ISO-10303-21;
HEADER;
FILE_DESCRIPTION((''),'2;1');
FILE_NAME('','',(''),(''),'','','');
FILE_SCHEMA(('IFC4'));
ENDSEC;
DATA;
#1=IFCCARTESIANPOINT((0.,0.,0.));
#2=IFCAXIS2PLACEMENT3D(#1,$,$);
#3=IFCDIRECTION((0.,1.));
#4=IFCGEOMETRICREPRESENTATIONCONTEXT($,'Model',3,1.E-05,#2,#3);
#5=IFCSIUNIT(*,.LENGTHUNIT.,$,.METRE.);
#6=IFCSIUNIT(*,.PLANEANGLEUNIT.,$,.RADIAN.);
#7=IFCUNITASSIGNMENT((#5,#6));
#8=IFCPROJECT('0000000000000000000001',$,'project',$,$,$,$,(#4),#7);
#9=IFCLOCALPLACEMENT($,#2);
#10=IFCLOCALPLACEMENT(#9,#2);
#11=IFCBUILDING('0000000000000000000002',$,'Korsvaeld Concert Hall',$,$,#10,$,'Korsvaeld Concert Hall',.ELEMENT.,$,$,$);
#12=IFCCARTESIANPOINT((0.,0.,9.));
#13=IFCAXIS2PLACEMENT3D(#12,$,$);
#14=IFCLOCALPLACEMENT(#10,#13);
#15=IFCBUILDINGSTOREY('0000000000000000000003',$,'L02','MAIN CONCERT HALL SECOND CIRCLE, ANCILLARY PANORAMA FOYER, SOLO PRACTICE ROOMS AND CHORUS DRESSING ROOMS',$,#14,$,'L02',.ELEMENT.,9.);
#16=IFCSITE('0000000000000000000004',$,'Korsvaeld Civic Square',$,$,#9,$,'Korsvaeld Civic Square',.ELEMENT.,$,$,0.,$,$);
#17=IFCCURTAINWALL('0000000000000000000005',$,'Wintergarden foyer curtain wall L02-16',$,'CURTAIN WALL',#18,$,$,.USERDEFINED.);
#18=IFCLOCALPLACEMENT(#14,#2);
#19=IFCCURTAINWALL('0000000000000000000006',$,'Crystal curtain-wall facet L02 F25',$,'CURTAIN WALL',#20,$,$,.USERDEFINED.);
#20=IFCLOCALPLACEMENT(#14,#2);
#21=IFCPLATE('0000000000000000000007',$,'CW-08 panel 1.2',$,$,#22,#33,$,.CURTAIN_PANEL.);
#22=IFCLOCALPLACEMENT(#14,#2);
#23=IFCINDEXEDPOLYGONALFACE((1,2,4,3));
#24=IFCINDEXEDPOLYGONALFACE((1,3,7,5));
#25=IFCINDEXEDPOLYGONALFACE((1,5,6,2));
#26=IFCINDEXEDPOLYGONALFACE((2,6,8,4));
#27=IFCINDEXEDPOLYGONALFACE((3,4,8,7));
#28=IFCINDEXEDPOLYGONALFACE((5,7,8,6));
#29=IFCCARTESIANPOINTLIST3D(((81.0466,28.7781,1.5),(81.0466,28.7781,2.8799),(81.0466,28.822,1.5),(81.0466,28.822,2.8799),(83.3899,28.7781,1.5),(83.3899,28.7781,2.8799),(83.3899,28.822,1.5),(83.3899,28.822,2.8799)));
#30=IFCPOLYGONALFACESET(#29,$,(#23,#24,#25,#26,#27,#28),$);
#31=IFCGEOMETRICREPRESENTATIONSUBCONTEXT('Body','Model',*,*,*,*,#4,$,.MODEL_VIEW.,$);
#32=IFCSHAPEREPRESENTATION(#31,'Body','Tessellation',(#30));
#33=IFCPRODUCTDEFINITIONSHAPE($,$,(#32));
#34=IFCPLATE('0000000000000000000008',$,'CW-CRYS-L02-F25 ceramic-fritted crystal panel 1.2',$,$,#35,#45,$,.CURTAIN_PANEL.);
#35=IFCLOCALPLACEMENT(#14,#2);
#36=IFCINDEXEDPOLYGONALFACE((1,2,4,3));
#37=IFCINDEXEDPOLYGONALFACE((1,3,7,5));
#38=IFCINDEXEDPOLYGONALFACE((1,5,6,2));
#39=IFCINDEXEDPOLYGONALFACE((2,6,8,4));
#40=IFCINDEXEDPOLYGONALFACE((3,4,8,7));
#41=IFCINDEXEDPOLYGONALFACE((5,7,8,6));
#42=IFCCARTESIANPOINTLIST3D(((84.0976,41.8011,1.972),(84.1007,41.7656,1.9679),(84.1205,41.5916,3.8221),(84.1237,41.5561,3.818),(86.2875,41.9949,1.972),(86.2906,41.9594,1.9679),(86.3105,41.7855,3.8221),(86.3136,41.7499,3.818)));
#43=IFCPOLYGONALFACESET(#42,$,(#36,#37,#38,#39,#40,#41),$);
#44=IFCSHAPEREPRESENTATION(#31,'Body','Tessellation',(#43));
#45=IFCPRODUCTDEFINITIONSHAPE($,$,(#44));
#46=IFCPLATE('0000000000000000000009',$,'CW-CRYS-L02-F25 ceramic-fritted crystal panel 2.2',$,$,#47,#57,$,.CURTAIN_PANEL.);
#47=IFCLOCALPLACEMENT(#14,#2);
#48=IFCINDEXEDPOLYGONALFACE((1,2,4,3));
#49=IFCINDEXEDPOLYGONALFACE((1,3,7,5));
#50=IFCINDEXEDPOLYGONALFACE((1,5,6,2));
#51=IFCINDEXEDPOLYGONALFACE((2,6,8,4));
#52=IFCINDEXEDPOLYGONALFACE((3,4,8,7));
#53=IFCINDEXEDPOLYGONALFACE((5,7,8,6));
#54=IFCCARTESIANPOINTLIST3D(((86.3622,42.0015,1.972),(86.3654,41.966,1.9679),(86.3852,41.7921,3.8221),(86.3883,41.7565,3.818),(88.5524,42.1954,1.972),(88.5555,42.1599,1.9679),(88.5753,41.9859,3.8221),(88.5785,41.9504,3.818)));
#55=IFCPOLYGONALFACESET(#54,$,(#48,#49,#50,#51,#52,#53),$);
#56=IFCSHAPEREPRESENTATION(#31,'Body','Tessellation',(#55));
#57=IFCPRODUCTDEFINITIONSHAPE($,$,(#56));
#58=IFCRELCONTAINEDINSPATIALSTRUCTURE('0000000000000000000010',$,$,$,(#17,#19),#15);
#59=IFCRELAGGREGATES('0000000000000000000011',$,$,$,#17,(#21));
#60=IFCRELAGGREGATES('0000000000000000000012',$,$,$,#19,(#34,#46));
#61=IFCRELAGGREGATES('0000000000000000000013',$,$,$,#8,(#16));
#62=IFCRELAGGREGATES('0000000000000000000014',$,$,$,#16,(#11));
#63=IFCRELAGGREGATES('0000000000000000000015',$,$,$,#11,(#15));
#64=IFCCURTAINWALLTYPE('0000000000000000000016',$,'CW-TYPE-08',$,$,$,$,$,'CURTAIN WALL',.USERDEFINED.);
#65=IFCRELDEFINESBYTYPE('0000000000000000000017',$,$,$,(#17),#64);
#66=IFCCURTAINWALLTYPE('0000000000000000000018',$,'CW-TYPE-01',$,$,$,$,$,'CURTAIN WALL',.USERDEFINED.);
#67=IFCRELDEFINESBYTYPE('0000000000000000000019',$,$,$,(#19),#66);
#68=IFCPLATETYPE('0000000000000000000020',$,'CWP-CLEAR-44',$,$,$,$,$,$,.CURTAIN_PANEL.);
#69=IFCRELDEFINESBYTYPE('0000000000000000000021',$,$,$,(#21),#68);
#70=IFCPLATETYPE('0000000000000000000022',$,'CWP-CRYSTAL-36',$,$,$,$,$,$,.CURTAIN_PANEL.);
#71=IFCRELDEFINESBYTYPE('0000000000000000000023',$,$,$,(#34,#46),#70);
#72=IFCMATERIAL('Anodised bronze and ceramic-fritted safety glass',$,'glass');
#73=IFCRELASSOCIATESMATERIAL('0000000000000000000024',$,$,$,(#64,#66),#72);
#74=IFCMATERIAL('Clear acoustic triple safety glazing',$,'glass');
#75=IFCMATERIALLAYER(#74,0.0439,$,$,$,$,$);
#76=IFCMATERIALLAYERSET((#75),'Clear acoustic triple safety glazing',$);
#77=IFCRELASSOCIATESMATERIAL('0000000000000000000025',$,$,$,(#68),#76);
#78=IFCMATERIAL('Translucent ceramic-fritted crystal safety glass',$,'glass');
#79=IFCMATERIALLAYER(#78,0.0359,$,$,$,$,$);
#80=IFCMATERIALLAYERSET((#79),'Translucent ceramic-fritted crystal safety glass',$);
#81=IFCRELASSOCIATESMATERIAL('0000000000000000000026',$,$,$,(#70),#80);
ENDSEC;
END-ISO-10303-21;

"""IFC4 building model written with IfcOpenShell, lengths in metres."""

from ifc_helpers import new_model, si_unit, direction, frame, origin, origin_2d, place, context, subcontext, project, spatial, polyline, rectangle, outline, extrude, material, layer, layer_set, type_object, element, aggregate, save


model = new_model("IFC4")

# Units and contexts
model_context = context("Model", 3, precision=1e-05, world=origin(), true_north=direction((0.0, 1.0)))
body_context = subcontext(model_context, "Body", "Model", "MODEL_VIEW")
ifc_project = project(units=[si_unit("LENGTHUNIT", "METRE"), si_unit("PLANEANGLEUNIT", "RADIAN")], contexts=[model_context])

# Site, building, storey
site_placement = place(None, origin())
site = spatial("IfcSite", under=ifc_project, at=site_placement, Name="Korsvaeld Civic Square", LongName="Korsvaeld Civic Square", CompositionType="ELEMENT", RefElevation=0.0)
building_placement = place(site_placement, origin())
building = spatial("IfcBuilding", under=site, at=building_placement, Name="Korsvaeld Concert Hall", LongName="Korsvaeld Concert Hall", CompositionType="ELEMENT")
storey_placement = place(building_placement, frame((0.0, 0.0, 9.0)))
storey = spatial("IfcBuildingStorey", under=building, at=storey_placement, Name="L02", Description="MAIN CONCERT HALL SECOND CIRCLE, ANCILLARY PANORAMA FOYER, SOLO PRACTICE ROOMS AND CHORUS DRESSING ROOMS", LongName="L02", CompositionType="ELEMENT", Elevation=9.0)

# Shared definitions
ifc_material_1 = material(Name="Anodised bronze and ceramic-fritted safety glass", Category="glass")

# Curtain wall
curtain_wall_type_1 = type_object("IfcCurtainWallType", Name="CW-TYPE-08", ElementType="CURTAIN WALL", PredefinedType="USERDEFINED", material=ifc_material_1)
curtain_wall_1_placement = place(storey_placement, origin())
curtain_wall_1 = element("IfcCurtainWall", 1, at=curtain_wall_1_placement, inside=storey, type_object=curtain_wall_type_1, Name="Wintergarden foyer curtain wall L02-16", ObjectType="CURTAIN WALL", PredefinedType="USERDEFINED")

# Curtain wall
curtain_wall_type_2 = type_object("IfcCurtainWallType", Name="CW-TYPE-01", ElementType="CURTAIN WALL", PredefinedType="USERDEFINED", material=ifc_material_1)
curtain_wall_2_placement = place(storey_placement, origin())
curtain_wall_2 = element("IfcCurtainWall", 2, at=curtain_wall_2_placement, inside=storey, type_object=curtain_wall_type_2, Name="Crystal curtain-wall facet L02 F25", ObjectType="CURTAIN WALL", PredefinedType="USERDEFINED")

# Plates
ifc_material_2 = material(Name="Clear acoustic triple safety glazing", Category="glass")
ifc_layer_1 = layer(ifc_material_2, 0.0439)
ifc_layer_set_1 = layer_set([ifc_layer_1], Name="Clear acoustic triple safety glazing")
plate_type_1 = type_object("IfcPlateType", Name="CWP-CLEAR-44", PredefinedType="CURTAIN_PANEL", material=ifc_layer_set_1)
plate_1_placement = place(storey_placement, frame((82.2183, 28.8, 1.5), z_axis=(0.0, 0.0, 1.0), x_axis=(-1.0, 0.0, 0.0)))
plate_1 = element("IfcPlate", 3, at=plate_1_placement, type_object=plate_type_1, Name="CW-08 panel 1.2", PredefinedType="CURTAIN_PANEL", context=body_context, shape_type="SweptSolid", body=[
    extrude(rectangle(XDim=2.3433, YDim=0.0439, at=origin_2d()), origin(), (0.0, 0.0, 1.0), 1.3799),
])
aggregate(curtain_wall_1, [plate_1])
ifc_material_3 = material(Name="Translucent ceramic-fritted crystal safety glass", Category="glass")
ifc_layer_2 = layer(ifc_material_3, 0.0359)
ifc_layer_set_2 = layer_set([ifc_layer_2], Name="Translucent ceramic-fritted crystal safety glass")
plate_type_2 = type_object("IfcPlateType", Name="CWP-CRYSTAL-36", PredefinedType="CURTAIN_PANEL", material=ifc_layer_set_2)
plate_2_placement = place(storey_placement, frame((84.0991, 41.7834, 1.97), z_axis=(0.087606, -0.989709, -0.113144), x_axis=(0.996105, 0.088173, 0.0)))
plate_2 = element("IfcPlate", 4, at=plate_2_placement, type_object=plate_type_2, Name="CW-CRYS-L02-F25 ceramic-fritted crystal panel 1.2", PredefinedType="CURTAIN_PANEL", context=body_context, shape_type="SweptSolid", body=[
    extrude(outline(polyline([(0.0, 0.0), (2.1985, 0.0), (2.2029, 1.8621), (0.0044, 1.8621), (0.0, 0.0)])), frame((0.0, 0.0, 0.0181)), (0.0, 0.0, -1.0), 0.0359),
])
plate_3_placement = place(storey_placement, frame((86.3638, 41.9839, 1.97), z_axis=(0.087597, -0.98971, -0.113144), x_axis=(0.996106, 0.088163, 0.0)))
plate_3 = element("IfcPlate", 5, at=plate_3_placement, type_object=plate_type_2, Name="CW-CRYS-L02-F25 ceramic-fritted crystal panel 2.2", PredefinedType="CURTAIN_PANEL", context=body_context, shape_type="SweptSolid", body=[
    extrude(outline(polyline([(0.0, 0.0), (2.1987, 0.0), (2.2031, 1.8621), (0.0044, 1.8621), (0.0, 0.0)])), frame((0.0, 0.0, 0.0181)), (0.0, 0.0, -1.0), 0.0359),
])
aggregate(curtain_wall_2, [plate_2, plate_3])

save(model, "model.ifc")
